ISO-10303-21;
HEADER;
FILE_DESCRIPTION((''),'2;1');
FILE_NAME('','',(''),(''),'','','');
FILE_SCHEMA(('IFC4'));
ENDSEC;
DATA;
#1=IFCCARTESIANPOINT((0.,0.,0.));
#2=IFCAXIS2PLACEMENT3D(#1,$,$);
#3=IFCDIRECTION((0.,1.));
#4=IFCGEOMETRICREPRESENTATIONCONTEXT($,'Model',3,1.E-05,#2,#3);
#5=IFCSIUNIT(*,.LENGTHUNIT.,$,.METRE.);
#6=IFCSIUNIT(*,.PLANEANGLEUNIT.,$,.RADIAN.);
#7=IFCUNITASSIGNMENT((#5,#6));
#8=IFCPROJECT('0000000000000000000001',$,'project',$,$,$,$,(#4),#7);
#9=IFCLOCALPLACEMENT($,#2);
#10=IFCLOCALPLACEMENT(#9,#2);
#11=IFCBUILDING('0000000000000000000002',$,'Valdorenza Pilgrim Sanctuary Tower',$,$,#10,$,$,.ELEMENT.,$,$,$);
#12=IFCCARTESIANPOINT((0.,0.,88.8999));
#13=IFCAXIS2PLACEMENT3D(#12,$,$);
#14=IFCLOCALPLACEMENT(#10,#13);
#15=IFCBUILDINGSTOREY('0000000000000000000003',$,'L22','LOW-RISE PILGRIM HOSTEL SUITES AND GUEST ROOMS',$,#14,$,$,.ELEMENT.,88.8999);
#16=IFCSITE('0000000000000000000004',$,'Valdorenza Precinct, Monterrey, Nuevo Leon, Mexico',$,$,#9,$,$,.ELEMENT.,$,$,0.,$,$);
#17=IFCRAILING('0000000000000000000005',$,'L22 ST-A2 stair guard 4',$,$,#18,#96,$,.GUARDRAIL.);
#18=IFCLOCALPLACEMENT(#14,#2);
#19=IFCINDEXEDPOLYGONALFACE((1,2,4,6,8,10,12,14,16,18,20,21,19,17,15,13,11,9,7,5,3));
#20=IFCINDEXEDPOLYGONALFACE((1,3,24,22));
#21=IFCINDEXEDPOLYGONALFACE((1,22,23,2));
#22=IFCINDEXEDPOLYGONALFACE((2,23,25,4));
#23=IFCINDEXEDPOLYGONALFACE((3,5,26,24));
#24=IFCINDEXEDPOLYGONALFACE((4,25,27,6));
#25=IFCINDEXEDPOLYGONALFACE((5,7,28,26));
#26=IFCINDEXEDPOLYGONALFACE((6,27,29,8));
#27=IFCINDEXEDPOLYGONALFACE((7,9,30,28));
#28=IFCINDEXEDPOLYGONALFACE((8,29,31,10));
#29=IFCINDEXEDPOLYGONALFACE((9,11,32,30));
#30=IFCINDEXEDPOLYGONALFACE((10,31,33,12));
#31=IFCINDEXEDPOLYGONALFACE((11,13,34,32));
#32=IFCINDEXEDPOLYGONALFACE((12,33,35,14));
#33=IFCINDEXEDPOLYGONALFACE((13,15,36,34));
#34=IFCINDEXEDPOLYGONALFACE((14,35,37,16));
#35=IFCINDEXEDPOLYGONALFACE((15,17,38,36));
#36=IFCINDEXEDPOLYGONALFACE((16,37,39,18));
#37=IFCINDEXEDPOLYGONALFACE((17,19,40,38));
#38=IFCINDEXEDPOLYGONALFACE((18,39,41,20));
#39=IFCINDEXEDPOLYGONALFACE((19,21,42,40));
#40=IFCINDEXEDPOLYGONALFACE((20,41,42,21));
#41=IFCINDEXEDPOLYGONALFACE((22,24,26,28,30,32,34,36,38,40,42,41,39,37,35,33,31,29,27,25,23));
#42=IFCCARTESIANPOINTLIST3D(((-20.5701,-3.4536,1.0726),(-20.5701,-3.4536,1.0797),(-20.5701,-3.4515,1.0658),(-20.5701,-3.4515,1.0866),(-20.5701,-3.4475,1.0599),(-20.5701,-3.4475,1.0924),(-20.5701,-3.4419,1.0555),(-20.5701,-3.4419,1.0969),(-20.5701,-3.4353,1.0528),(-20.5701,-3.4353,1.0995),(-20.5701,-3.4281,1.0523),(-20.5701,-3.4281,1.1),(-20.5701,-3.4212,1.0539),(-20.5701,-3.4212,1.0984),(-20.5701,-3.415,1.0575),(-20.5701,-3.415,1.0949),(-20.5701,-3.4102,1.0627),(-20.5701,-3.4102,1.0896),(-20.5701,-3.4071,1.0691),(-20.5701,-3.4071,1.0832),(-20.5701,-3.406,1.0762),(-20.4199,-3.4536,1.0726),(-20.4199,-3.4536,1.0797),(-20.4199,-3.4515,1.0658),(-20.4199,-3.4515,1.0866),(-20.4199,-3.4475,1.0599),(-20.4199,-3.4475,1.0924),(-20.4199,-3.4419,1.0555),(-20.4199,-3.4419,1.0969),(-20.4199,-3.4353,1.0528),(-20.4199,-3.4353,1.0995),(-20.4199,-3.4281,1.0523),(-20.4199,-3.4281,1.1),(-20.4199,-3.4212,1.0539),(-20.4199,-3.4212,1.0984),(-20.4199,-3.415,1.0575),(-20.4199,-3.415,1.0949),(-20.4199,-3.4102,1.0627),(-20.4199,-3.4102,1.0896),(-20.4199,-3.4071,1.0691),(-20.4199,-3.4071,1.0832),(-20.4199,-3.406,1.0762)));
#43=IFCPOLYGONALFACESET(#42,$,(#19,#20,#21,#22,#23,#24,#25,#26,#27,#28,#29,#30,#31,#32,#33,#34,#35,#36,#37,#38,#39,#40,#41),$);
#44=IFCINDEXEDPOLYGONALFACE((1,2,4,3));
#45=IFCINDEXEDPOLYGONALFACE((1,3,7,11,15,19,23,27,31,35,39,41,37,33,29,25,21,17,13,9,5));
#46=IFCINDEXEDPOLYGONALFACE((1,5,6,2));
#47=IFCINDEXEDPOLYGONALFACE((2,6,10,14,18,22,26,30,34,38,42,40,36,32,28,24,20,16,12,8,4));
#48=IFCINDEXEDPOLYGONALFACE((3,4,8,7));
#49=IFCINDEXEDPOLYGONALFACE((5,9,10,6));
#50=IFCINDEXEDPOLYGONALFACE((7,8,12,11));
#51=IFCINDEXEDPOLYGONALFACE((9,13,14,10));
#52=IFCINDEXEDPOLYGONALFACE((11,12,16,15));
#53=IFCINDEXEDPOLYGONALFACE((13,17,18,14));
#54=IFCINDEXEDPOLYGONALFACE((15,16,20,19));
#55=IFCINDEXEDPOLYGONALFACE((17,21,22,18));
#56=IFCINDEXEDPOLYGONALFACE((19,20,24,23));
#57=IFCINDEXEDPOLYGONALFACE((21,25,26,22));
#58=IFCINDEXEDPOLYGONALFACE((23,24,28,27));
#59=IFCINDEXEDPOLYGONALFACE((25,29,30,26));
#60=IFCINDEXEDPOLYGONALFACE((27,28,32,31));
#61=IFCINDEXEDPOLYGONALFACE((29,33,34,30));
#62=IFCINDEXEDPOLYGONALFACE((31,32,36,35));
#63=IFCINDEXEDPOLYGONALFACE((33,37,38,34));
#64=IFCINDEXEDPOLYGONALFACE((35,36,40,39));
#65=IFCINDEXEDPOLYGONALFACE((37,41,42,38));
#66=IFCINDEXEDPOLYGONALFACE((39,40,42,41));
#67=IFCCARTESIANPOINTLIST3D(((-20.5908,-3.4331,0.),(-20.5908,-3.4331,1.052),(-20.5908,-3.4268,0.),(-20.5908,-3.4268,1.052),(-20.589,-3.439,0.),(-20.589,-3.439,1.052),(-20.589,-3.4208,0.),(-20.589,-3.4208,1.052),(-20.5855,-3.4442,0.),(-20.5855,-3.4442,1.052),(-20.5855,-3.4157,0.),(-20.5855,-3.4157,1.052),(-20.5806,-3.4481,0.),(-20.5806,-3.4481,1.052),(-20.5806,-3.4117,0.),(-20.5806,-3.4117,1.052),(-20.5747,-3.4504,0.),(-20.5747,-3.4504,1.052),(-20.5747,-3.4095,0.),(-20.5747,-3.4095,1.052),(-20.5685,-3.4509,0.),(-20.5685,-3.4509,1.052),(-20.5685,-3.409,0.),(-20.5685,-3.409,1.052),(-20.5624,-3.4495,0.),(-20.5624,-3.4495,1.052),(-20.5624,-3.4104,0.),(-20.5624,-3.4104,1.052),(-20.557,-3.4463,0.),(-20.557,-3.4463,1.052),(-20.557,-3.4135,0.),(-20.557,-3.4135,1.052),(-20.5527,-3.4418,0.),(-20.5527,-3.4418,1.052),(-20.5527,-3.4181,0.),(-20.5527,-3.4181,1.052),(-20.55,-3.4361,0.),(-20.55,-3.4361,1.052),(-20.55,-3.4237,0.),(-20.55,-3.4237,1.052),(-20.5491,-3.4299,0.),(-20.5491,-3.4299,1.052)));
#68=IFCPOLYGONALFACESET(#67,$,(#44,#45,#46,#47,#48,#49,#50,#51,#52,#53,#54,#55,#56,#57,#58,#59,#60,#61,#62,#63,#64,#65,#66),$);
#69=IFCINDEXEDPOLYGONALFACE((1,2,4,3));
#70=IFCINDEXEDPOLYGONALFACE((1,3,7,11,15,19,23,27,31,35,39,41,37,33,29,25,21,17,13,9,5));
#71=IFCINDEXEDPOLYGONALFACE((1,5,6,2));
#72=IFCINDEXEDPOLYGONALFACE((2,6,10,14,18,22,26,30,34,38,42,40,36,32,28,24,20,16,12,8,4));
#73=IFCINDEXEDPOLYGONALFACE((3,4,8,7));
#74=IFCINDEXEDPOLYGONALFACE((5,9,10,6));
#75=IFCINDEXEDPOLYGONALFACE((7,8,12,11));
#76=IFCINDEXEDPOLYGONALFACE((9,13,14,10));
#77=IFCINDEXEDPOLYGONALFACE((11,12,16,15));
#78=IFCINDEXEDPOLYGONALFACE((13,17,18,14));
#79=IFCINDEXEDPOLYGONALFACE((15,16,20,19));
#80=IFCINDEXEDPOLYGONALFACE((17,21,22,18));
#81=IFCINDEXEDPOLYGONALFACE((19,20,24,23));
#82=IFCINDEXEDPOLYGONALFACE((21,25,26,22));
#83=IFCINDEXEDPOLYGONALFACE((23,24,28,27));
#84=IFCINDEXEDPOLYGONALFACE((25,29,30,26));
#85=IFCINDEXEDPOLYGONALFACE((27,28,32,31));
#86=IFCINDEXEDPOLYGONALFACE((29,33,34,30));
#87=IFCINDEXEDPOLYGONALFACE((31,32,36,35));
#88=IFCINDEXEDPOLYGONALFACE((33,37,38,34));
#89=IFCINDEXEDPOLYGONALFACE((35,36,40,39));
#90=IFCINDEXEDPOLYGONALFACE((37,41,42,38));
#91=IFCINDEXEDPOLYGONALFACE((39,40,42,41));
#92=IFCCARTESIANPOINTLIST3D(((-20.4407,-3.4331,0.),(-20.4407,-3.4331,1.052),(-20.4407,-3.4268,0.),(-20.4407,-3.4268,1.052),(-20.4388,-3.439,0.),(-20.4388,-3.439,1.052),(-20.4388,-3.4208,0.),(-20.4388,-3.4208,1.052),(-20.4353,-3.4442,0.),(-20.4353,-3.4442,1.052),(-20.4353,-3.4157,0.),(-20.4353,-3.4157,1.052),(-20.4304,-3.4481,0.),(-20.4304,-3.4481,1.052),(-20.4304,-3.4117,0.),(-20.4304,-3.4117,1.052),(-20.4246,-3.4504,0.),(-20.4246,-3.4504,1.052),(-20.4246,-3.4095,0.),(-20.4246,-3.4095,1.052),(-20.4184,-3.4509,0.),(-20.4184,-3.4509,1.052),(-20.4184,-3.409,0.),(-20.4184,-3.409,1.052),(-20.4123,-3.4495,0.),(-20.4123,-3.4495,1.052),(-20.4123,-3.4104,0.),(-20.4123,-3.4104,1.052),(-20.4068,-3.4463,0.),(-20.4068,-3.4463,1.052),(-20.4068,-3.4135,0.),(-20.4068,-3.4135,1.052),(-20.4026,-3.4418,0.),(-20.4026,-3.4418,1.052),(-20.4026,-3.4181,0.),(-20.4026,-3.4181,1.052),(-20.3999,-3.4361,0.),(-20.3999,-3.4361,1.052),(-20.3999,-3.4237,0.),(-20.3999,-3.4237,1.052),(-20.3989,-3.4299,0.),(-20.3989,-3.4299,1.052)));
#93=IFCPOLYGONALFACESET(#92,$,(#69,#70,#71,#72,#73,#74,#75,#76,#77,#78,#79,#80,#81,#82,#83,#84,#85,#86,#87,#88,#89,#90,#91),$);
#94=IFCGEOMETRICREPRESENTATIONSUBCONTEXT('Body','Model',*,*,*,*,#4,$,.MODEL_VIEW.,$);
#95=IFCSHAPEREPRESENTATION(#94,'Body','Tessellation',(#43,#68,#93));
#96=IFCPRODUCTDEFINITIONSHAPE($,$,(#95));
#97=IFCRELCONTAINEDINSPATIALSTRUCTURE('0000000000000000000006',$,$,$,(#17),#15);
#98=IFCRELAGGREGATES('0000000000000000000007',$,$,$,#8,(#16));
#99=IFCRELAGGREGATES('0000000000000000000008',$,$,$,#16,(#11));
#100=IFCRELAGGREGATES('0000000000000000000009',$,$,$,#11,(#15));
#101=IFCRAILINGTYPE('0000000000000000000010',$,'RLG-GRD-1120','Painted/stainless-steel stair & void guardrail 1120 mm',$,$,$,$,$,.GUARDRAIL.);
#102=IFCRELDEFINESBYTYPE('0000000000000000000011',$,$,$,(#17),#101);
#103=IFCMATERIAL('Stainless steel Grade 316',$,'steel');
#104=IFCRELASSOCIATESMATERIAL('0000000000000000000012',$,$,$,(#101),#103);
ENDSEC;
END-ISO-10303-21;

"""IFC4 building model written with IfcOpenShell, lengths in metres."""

from ifc_helpers import new_model, si_unit, direction, frame, origin, origin_2d, place, context, subcontext, project, spatial, circle, extrude, material, type_object, element, save


model = new_model("IFC4")

# Units and contexts
model_context = context("Model", 3, precision=1e-05, world=origin(), true_north=direction((0.0, 1.0)))
body_context = subcontext(model_context, "Body", "Model", "MODEL_VIEW")
ifc_project = project(units=[si_unit("LENGTHUNIT", "METRE"), si_unit("PLANEANGLEUNIT", "RADIAN")], contexts=[model_context])

# Site, building, storey
site_placement = place(None, origin())
site = spatial("IfcSite", under=ifc_project, at=site_placement, Name="Valdorenza Precinct, Monterrey, Nuevo Leon, Mexico", CompositionType="ELEMENT", RefElevation=0.0)
building_placement = place(site_placement, origin())
building = spatial("IfcBuilding", under=site, at=building_placement, Name="Valdorenza Pilgrim Sanctuary Tower", CompositionType="ELEMENT")
storey_placement = place(building_placement, frame((0.0, 0.0, 88.8999)))
storey = spatial("IfcBuildingStorey", under=building, at=storey_placement, Name="L22", Description="LOW-RISE PILGRIM HOSTEL SUITES AND GUEST ROOMS", CompositionType="ELEMENT", Elevation=88.8999)

# Railing
ifc_material_1 = material(Name="Stainless steel Grade 316", Category="steel")
railing_type_1 = type_object("IfcRailingType", Name="RLG-GRD-1120", Description="Painted/stainless-steel stair & void guardrail 1120 mm", PredefinedType="GUARDRAIL", material=ifc_material_1)
railing_1_placement = place(storey_placement, frame((-20.5701, -3.4299, 0.0)))
element("IfcRailing", 1, at=railing_1_placement, inside=storey, type_object=railing_type_1, Name="L22 ST-A2 stair guard 4", PredefinedType="GUARDRAIL", context=body_context, shape_type="SweptSolid", body=[
    extrude(circle(Radius=0.0239, at=origin_2d()), frame((0.0, 0.0, 1.0762), z_axis=(1.0, 0.0, 0.0), x_axis=(0.0, 1.0, 0.0)), (0.0, 0.0, 1.0), 0.1501),
    extrude(circle(Radius=0.021, at=origin_2d()), origin(), (0.0, 0.0, 1.0), 1.052),
    extrude(circle(Radius=0.021, at=origin_2d()), frame((0.1501, 0.0, 0.0)), (0.0, 0.0, 1.0), 1.052),
])

save(model, "model.ifc")
